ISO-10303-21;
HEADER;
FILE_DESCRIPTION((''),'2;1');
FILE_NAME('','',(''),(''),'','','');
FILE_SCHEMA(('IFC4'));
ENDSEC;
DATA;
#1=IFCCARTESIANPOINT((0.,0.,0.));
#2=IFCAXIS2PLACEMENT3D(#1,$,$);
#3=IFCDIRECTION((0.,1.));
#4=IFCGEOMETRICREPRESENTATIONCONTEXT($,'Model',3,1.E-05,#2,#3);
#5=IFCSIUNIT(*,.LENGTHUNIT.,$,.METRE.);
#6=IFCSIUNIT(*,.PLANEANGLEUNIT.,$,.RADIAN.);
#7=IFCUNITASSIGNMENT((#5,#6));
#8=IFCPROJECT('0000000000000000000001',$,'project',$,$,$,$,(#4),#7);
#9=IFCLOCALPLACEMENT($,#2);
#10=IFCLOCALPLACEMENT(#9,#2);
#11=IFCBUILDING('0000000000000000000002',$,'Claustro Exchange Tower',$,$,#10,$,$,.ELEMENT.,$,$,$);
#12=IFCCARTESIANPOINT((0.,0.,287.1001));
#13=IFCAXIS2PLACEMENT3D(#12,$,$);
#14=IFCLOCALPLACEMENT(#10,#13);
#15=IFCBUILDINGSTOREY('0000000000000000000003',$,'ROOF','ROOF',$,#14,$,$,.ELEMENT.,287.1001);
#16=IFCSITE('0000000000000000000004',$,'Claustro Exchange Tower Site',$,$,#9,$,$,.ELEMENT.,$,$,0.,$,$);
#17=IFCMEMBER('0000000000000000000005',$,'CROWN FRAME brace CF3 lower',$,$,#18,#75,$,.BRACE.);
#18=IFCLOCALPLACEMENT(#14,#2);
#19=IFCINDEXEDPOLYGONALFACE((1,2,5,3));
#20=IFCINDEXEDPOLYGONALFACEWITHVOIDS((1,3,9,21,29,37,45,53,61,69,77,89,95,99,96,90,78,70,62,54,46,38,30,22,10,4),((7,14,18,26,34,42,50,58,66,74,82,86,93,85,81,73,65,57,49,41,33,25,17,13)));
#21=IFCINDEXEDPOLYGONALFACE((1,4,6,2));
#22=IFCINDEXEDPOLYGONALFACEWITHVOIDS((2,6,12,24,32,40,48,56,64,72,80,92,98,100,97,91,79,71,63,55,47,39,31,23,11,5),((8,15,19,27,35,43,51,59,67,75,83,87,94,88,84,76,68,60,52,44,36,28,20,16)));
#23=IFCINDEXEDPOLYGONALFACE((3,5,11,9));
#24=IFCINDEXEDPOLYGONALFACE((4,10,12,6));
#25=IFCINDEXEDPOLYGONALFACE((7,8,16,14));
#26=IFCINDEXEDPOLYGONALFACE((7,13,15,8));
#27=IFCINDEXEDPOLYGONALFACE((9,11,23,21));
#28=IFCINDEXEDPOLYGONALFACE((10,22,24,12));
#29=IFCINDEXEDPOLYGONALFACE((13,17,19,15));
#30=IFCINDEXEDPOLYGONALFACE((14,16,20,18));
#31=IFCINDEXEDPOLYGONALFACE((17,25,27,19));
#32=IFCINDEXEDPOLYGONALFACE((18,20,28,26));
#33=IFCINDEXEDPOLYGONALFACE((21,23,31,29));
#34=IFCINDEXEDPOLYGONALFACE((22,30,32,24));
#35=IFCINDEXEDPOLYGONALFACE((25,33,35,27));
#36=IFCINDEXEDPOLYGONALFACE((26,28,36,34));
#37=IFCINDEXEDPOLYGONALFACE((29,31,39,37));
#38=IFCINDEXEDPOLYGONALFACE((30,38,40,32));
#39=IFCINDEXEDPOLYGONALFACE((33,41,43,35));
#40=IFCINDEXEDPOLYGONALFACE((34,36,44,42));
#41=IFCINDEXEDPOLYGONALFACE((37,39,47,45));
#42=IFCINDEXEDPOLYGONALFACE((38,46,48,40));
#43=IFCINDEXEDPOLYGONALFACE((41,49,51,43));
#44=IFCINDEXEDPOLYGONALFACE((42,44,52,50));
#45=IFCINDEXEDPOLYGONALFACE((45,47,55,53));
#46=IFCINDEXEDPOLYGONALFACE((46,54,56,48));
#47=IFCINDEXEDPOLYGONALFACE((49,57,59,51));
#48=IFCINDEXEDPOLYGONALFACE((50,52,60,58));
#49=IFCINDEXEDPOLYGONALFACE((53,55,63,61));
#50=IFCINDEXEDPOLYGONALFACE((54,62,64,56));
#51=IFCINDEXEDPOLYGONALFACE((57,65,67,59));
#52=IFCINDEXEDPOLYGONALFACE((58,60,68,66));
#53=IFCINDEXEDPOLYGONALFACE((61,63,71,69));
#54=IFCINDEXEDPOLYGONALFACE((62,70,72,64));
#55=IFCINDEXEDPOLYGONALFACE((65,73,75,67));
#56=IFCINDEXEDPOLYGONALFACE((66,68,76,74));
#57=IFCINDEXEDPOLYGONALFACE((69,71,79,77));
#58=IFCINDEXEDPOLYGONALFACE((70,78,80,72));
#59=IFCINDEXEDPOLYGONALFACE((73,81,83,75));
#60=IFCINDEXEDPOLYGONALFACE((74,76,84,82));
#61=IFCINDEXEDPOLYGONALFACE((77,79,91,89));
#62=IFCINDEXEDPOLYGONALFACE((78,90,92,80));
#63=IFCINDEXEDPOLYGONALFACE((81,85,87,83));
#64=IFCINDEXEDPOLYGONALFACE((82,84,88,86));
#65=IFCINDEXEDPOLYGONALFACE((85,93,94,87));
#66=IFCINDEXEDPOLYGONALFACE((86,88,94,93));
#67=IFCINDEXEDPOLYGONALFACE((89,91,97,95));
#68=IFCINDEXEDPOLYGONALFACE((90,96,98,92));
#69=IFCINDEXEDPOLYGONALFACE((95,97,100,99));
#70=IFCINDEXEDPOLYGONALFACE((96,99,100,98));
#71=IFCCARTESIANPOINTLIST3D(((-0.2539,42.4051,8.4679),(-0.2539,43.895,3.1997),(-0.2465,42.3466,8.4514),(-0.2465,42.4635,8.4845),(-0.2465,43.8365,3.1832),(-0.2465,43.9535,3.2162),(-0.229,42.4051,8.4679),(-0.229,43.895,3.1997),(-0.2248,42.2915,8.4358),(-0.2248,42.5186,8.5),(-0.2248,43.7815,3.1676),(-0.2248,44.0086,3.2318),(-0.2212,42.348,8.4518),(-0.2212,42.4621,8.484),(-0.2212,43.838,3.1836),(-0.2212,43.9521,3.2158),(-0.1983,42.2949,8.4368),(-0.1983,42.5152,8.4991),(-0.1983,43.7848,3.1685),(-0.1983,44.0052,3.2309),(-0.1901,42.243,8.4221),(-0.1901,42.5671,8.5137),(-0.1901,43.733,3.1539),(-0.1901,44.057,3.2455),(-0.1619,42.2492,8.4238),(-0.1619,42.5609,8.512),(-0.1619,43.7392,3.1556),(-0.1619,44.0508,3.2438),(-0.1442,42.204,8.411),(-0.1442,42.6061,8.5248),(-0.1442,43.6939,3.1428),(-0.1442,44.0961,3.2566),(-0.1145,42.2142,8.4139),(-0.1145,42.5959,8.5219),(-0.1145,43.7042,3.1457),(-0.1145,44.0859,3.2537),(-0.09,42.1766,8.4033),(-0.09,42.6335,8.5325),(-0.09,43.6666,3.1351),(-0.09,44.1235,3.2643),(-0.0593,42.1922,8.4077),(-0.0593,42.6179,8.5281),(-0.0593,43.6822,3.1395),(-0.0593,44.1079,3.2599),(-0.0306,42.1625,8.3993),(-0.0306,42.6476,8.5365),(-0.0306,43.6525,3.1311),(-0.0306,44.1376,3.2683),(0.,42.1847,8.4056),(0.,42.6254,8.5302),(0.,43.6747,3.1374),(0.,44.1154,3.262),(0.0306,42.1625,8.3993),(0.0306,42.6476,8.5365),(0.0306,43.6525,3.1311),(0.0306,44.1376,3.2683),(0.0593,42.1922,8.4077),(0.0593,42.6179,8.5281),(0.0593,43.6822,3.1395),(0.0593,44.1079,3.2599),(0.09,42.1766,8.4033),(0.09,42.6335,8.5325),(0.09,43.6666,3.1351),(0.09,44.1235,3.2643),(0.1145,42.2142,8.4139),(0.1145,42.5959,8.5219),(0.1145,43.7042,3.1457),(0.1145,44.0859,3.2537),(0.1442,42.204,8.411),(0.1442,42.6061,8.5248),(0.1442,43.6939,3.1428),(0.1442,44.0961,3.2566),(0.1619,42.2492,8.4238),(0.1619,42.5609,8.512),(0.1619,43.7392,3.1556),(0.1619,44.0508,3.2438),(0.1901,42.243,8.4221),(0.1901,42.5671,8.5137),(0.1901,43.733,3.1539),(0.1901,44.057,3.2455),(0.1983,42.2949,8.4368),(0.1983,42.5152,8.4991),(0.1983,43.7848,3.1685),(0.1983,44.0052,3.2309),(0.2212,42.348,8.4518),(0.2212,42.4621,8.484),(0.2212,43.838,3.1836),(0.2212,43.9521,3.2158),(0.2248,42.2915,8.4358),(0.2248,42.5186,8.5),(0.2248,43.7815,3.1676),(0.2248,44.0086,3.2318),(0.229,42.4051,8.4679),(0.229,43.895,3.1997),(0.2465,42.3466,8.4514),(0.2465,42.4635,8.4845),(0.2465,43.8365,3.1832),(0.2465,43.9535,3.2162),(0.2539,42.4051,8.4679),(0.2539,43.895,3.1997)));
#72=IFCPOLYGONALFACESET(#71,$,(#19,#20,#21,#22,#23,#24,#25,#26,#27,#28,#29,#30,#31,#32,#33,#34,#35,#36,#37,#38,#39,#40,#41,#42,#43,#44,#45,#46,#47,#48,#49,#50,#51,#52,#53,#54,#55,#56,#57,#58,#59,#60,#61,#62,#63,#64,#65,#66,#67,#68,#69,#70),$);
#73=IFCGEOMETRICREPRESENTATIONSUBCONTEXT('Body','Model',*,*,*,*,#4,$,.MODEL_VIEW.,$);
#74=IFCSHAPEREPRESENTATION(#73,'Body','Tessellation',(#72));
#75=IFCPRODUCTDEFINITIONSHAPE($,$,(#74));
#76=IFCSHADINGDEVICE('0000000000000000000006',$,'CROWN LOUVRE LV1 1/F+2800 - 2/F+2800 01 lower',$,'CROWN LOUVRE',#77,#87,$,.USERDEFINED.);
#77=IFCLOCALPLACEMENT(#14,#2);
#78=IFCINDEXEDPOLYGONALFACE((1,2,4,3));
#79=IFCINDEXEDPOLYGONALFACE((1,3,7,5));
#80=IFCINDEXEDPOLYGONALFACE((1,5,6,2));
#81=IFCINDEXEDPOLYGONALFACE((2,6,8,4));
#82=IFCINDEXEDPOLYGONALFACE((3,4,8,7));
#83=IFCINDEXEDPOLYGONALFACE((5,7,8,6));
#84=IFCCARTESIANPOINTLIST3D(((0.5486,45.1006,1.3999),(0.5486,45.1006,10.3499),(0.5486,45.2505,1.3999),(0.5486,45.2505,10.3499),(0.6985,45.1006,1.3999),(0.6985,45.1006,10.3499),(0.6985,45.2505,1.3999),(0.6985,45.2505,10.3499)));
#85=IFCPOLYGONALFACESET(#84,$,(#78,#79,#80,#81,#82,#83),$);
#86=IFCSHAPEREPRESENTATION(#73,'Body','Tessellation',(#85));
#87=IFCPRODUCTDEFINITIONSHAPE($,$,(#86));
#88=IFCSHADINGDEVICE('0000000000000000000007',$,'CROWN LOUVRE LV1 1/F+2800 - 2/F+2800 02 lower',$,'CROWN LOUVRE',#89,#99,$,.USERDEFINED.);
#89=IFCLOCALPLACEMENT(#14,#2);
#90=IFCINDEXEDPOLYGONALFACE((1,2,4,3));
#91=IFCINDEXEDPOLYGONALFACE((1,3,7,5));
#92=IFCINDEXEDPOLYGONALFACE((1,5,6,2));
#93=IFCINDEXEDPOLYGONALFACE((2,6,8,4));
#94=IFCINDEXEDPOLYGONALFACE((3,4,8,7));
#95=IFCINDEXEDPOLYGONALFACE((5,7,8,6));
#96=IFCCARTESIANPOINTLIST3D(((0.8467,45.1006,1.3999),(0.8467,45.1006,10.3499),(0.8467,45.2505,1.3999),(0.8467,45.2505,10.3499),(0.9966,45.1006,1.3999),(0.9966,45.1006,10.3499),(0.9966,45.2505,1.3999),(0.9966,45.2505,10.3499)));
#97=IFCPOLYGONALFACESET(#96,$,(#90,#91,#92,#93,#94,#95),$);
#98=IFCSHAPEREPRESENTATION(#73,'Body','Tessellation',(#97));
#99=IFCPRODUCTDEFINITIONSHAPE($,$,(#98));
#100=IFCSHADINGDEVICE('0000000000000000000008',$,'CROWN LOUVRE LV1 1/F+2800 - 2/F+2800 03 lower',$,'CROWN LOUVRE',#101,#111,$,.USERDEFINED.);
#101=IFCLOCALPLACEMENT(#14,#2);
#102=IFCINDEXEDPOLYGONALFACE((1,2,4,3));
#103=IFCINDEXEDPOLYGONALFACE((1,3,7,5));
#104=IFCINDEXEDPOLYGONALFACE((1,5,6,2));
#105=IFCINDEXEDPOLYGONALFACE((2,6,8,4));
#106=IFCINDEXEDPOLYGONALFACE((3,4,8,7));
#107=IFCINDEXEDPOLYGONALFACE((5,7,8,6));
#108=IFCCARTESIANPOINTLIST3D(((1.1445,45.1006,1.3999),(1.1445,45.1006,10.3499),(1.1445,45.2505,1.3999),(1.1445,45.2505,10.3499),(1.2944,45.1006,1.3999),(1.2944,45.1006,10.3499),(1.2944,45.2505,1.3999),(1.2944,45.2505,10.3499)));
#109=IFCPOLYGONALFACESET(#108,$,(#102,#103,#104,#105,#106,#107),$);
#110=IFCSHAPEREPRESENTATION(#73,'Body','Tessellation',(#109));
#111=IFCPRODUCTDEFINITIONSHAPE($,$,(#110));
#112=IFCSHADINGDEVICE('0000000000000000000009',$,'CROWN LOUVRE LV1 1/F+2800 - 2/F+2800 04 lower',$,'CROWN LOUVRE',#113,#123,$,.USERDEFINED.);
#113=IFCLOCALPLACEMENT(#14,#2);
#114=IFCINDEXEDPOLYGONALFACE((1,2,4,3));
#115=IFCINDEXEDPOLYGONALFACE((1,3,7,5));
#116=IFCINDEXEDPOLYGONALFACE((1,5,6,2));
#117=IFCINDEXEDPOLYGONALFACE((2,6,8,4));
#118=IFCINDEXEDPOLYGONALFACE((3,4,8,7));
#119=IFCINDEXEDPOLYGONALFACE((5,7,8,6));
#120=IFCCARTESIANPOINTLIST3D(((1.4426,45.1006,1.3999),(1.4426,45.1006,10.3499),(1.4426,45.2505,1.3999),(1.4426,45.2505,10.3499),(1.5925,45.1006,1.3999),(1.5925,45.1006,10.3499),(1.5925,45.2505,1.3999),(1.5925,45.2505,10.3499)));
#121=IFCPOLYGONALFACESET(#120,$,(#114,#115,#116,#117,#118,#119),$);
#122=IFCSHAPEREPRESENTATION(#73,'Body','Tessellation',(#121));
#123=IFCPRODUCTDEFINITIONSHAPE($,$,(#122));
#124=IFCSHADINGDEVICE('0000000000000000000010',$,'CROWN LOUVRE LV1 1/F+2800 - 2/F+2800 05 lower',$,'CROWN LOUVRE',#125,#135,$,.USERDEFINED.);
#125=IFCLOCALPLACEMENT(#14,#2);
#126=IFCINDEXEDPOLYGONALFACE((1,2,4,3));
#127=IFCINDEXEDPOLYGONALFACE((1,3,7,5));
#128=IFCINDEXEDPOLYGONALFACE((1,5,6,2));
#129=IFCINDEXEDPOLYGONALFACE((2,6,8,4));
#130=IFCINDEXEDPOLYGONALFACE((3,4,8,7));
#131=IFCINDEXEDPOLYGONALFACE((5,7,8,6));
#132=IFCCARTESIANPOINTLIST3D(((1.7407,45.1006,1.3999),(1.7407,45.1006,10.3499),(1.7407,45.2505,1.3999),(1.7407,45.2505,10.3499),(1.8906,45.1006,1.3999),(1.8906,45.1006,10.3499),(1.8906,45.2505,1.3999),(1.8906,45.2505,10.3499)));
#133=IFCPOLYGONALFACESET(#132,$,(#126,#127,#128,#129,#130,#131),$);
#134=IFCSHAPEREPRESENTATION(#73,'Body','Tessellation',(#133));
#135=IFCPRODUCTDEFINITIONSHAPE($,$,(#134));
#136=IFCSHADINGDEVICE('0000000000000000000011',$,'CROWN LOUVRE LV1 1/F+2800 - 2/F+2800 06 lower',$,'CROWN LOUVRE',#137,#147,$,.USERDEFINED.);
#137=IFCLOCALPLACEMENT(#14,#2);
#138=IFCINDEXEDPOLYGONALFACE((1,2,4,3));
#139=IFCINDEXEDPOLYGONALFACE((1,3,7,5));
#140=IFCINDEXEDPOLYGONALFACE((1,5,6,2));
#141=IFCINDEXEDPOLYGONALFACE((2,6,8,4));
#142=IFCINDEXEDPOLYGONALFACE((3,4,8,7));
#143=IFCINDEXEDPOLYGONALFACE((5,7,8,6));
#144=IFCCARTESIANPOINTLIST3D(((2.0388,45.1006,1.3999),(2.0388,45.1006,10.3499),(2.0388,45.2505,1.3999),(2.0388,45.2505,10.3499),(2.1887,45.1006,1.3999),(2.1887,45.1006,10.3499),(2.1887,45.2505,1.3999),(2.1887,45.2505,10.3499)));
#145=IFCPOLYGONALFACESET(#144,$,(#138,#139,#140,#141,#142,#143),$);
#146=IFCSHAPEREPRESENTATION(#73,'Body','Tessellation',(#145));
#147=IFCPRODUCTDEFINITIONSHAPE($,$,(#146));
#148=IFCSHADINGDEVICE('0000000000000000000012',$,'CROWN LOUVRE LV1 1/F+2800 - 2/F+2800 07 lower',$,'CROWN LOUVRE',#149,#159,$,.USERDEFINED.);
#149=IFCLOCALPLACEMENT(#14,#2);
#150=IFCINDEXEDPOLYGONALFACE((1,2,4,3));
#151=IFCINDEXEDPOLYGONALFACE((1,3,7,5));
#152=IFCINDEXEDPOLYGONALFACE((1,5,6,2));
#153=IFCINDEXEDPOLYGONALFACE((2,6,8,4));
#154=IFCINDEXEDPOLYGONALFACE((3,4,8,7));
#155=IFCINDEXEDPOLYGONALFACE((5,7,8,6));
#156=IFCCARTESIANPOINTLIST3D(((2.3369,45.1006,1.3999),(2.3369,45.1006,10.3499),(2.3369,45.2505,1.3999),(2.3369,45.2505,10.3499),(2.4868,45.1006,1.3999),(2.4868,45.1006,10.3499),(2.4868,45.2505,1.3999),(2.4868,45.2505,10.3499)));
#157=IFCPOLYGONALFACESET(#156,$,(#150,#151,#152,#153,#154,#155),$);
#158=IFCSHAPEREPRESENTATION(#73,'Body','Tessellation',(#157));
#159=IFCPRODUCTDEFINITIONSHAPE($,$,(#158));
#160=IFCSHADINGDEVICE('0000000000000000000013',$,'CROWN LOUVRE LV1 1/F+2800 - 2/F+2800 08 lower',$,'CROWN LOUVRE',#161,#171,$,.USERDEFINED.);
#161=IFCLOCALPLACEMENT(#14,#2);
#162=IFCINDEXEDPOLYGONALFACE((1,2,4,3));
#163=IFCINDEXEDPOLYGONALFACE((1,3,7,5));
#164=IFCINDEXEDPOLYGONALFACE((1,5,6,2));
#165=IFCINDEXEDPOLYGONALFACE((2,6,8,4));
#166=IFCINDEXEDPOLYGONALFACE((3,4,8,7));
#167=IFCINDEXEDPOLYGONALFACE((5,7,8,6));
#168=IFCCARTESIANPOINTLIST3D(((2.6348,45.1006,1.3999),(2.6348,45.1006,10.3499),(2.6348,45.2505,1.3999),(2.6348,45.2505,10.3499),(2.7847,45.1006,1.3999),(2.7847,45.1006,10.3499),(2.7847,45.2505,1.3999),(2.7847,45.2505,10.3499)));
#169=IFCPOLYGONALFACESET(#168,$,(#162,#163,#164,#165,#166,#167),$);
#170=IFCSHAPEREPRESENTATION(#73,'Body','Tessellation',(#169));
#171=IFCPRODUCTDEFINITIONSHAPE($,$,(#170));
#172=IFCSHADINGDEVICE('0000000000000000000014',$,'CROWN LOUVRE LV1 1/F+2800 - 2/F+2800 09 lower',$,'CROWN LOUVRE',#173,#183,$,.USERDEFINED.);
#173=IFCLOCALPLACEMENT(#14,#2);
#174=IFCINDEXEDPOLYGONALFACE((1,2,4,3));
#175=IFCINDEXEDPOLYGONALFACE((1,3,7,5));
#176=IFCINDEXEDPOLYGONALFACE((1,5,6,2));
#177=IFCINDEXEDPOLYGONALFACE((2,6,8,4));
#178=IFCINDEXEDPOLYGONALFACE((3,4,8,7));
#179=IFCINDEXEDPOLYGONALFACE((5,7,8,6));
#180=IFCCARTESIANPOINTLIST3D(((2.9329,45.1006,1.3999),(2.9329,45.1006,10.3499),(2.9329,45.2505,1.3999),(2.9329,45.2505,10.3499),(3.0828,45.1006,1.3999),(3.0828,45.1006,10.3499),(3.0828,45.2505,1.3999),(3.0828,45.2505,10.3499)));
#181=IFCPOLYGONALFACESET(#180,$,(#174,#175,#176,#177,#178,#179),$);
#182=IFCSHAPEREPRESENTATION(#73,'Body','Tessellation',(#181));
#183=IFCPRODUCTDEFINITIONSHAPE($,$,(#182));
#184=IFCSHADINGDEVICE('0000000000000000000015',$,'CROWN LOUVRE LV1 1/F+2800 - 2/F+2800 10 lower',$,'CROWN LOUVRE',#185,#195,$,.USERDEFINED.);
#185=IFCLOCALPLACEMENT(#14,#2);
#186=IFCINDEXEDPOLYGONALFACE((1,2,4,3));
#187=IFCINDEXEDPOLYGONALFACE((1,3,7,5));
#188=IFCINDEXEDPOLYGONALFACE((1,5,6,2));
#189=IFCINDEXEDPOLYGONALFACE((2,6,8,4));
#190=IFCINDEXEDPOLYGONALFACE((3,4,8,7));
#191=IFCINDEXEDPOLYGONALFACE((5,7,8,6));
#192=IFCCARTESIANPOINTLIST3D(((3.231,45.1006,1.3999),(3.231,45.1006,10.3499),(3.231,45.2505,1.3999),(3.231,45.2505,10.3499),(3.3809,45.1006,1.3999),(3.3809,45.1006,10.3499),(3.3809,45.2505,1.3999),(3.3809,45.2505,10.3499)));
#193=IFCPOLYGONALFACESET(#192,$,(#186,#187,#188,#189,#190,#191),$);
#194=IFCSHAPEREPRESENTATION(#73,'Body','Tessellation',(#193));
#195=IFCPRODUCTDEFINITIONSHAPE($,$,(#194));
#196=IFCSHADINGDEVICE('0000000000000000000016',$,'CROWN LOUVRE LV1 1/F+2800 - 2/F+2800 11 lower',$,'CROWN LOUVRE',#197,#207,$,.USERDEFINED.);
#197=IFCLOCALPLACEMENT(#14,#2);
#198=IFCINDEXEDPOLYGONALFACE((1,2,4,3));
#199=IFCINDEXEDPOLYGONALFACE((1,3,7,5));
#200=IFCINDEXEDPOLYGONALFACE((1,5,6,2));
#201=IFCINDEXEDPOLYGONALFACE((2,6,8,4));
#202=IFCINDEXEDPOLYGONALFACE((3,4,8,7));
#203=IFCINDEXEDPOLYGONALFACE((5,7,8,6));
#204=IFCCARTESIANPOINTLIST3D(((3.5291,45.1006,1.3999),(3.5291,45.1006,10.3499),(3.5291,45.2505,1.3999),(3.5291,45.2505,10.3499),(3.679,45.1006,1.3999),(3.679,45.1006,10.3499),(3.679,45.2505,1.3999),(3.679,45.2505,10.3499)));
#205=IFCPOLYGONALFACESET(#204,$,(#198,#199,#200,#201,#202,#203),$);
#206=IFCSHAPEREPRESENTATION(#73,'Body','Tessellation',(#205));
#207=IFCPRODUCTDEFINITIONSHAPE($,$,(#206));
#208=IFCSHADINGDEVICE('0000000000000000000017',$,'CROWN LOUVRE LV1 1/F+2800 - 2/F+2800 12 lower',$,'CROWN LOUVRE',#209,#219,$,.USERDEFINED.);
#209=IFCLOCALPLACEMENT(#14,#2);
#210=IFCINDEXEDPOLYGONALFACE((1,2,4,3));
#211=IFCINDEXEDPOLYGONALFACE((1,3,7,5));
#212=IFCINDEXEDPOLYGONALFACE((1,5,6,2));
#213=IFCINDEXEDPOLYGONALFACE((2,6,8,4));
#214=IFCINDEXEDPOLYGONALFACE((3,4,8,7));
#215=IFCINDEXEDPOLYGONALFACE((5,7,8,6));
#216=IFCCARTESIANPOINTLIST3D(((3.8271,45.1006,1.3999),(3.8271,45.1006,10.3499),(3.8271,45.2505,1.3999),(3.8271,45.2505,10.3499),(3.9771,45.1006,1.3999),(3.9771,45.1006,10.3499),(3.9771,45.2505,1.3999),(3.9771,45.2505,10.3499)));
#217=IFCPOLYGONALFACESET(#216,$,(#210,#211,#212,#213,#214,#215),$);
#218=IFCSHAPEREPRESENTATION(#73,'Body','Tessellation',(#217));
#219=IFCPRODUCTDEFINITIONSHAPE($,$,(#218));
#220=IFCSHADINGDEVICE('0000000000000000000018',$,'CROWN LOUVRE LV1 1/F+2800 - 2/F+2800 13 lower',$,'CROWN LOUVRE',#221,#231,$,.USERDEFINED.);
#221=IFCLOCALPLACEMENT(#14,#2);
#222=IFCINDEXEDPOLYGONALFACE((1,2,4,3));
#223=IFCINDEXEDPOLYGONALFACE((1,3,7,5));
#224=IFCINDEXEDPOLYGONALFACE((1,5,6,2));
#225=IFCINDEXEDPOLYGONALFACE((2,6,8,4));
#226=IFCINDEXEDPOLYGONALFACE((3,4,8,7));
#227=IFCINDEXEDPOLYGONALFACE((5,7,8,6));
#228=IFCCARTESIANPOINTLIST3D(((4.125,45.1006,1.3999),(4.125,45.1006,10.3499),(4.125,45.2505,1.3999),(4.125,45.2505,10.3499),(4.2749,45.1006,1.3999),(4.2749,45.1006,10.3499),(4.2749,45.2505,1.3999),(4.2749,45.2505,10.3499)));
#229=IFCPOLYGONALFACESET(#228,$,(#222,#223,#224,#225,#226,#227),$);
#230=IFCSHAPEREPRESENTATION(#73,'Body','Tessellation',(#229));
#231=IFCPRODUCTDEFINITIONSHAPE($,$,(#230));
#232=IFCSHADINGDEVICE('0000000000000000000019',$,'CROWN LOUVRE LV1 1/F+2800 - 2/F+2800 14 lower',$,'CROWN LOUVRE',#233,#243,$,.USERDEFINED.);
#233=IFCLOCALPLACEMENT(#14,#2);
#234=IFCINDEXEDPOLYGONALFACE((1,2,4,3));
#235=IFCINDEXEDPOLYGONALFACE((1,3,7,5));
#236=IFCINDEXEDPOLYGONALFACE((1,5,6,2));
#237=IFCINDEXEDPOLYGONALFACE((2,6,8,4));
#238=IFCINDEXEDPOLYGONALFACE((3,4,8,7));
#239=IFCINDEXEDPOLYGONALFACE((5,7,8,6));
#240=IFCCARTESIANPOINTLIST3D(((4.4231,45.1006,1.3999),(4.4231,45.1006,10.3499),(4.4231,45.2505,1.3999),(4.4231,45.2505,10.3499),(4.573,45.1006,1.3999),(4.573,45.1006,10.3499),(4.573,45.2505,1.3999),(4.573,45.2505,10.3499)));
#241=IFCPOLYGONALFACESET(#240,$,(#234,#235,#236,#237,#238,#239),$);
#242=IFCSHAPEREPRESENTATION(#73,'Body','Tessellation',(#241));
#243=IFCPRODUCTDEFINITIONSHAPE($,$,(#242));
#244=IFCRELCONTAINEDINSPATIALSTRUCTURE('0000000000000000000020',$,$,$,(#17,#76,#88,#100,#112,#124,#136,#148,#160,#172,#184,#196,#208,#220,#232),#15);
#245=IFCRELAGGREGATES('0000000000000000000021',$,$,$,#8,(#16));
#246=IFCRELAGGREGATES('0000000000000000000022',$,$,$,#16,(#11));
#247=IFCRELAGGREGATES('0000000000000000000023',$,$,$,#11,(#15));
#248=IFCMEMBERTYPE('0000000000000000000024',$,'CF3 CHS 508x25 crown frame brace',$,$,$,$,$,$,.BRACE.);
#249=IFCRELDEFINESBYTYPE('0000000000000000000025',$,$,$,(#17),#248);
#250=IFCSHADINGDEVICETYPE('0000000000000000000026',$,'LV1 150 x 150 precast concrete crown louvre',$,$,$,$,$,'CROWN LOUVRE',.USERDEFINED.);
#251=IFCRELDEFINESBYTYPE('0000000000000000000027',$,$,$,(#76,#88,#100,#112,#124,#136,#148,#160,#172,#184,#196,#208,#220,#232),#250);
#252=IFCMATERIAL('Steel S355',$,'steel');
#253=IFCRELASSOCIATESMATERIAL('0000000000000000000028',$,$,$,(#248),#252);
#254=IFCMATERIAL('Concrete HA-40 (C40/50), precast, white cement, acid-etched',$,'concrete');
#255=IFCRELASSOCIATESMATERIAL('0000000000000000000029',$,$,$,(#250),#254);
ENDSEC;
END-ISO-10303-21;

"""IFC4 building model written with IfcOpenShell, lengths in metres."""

from ifc_helpers import new_model, si_unit, direction, frame, origin, origin_2d, place, context, subcontext, project, spatial, rectangle, hollow_circle, extrude, material, material_profile, profile_set, type_object, element, save


model = new_model("IFC4")

# Units and contexts
model_context = context("Model", 3, precision=1e-05, world=origin(), true_north=direction((0.0, 1.0)))
body_context = subcontext(model_context, "Body", "Model", "MODEL_VIEW")
ifc_project = project(units=[si_unit("LENGTHUNIT", "METRE"), si_unit("PLANEANGLEUNIT", "RADIAN")], contexts=[model_context])

# Site, building, storey
site_placement = place(None, origin())
site = spatial("IfcSite", under=ifc_project, at=site_placement, Name="Claustro Exchange Tower Site", CompositionType="ELEMENT", RefElevation=0.0)
building_placement = place(site_placement, origin())
building = spatial("IfcBuilding", under=site, at=building_placement, Name="Claustro Exchange Tower", CompositionType="ELEMENT")
storey_placement = place(building_placement, frame((0.0, 0.0, 287.1001)))
storey = spatial("IfcBuildingStorey", under=building, at=storey_placement, Name="ROOF", Description="ROOF", CompositionType="ELEMENT", Elevation=287.1001)

# Member
ifc_material_1 = material(Name="Steel S355", Category="steel")
ifc_material_profile = material_profile(ifc_material_1, hollow_circle(Radius=0.2539, WallThickness=0.0249, at=origin_2d()), Name="CHS 508x25")
ifc_profile_set = profile_set([ifc_material_profile], Name="Steel S355")
member_type = type_object("IfcMemberType", Name="CF3 CHS 508x25 crown frame brace", PredefinedType="BRACE", material=ifc_profile_set)
member_placement = place(storey_placement, frame((0.0, 43.895, 3.1997), z_axis=(0.0, -0.272146, 0.962256), x_axis=(1.0, 0.0, 0.0)))
element("IfcMember", 1, at=member_placement, inside=storey, type_object=member_type, Name="CROWN FRAME brace CF3 lower", PredefinedType="BRACE", context=body_context, shape_type="SweptSolid", body=[
    extrude(hollow_circle(Radius=0.2539, WallThickness=0.0249, at=origin_2d()), origin(), (0.0, 0.0, 1.0), 5.4749),
])

# Shading devices
ifc_material_2 = material(Name="Concrete HA-40 (C40/50), precast, white cement, acid-etched", Category="concrete")
shading_device_type = type_object("IfcShadingDeviceType", Name="LV1 150 x 150 precast concrete crown louvre", ElementType="CROWN LOUVRE", PredefinedType="USERDEFINED", material=ifc_material_2)
for number, where, z_axis, x_axis, name in (
    (2, (0.6235, 45.1755, 1.3999), (0.0, 0.0, 1.0), (1.0, 0.0, 0.0), "CROWN LOUVRE LV1 1/F+2800 - 2/F+2800 01 lower"),
    (3, (0.9216, 45.1755, 1.3999), (0.0, 0.0, 1.0), (1.0, 0.0, 0.0), "CROWN LOUVRE LV1 1/F+2800 - 2/F+2800 02 lower"),
    (4, (1.2195, 45.1755, 1.3999), (0.0, 0.0, 1.0), (1.0, 0.0, 0.0), "CROWN LOUVRE LV1 1/F+2800 - 2/F+2800 03 lower"),
    (5, (1.5176, 45.1755, 1.3999), (0.0, 0.0, 1.0), (1.0, 0.0, 0.0), "CROWN LOUVRE LV1 1/F+2800 - 2/F+2800 04 lower"),
    (6, (1.8157, 45.1755, 1.3999), (0.0, 0.0, 1.0), (1.0, 0.0, 0.0), "CROWN LOUVRE LV1 1/F+2800 - 2/F+2800 05 lower"),
    (7, (2.1138, 45.1755, 1.3999), (0.0, 0.0, 1.0), (1.0, 0.0, 0.0), "CROWN LOUVRE LV1 1/F+2800 - 2/F+2800 06 lower"),
    (8, (2.4119, 45.1755, 1.3999), (0.0, 0.0, 1.0), (1.0, 0.0, 0.0), "CROWN LOUVRE LV1 1/F+2800 - 2/F+2800 07 lower"),
    (9, (2.7097, 45.1755, 1.3999), (0.0, 0.0, 1.0), (1.0, 0.0, 0.0), "CROWN LOUVRE LV1 1/F+2800 - 2/F+2800 08 lower"),
    (10, (3.0078, 45.1755, 1.3999), (0.0, 0.0, 1.0), (1.0, 0.0, 0.0), "CROWN LOUVRE LV1 1/F+2800 - 2/F+2800 09 lower"),
    (11, (3.3059, 45.1755, 1.3999), (0.0, 0.0, 1.0), (1.0, 0.0, 0.0), "CROWN LOUVRE LV1 1/F+2800 - 2/F+2800 10 lower"),
    (12, (3.604, 45.1755, 1.3999), (0.0, 0.0, 1.0), (1.0, 0.0, 0.0), "CROWN LOUVRE LV1 1/F+2800 - 2/F+2800 11 lower"),
    (13, (3.9021, 45.1755, 1.3999), (0.0, 0.0, 1.0), (1.0, 0.0, 0.0), "CROWN LOUVRE LV1 1/F+2800 - 2/F+2800 12 lower"),
    (14, (4.2, 45.1755, 1.3999), (0.0, 0.0, 1.0), (1.0, 0.0, 0.0), "CROWN LOUVRE LV1 1/F+2800 - 2/F+2800 13 lower"),
    (15, (4.498, 45.1755, 1.3999), (0.0, 0.0, 1.0), (1.0, 0.0, 0.0), "CROWN LOUVRE LV1 1/F+2800 - 2/F+2800 14 lower"),
):
    element("IfcShadingDevice", number, at=place(storey_placement, frame(where, z_axis=z_axis, x_axis=x_axis)), inside=storey, type_object=shading_device_type, Name=name, ObjectType="CROWN LOUVRE", PredefinedType="USERDEFINED", context=body_context, shape_type="SweptSolid", body=[
        extrude(rectangle(XDim=0.1499, YDim=0.1499, at=origin_2d()), origin(), (0.0, 0.0, 1.0), 8.95),
    ])

save(model, "model.ifc")
